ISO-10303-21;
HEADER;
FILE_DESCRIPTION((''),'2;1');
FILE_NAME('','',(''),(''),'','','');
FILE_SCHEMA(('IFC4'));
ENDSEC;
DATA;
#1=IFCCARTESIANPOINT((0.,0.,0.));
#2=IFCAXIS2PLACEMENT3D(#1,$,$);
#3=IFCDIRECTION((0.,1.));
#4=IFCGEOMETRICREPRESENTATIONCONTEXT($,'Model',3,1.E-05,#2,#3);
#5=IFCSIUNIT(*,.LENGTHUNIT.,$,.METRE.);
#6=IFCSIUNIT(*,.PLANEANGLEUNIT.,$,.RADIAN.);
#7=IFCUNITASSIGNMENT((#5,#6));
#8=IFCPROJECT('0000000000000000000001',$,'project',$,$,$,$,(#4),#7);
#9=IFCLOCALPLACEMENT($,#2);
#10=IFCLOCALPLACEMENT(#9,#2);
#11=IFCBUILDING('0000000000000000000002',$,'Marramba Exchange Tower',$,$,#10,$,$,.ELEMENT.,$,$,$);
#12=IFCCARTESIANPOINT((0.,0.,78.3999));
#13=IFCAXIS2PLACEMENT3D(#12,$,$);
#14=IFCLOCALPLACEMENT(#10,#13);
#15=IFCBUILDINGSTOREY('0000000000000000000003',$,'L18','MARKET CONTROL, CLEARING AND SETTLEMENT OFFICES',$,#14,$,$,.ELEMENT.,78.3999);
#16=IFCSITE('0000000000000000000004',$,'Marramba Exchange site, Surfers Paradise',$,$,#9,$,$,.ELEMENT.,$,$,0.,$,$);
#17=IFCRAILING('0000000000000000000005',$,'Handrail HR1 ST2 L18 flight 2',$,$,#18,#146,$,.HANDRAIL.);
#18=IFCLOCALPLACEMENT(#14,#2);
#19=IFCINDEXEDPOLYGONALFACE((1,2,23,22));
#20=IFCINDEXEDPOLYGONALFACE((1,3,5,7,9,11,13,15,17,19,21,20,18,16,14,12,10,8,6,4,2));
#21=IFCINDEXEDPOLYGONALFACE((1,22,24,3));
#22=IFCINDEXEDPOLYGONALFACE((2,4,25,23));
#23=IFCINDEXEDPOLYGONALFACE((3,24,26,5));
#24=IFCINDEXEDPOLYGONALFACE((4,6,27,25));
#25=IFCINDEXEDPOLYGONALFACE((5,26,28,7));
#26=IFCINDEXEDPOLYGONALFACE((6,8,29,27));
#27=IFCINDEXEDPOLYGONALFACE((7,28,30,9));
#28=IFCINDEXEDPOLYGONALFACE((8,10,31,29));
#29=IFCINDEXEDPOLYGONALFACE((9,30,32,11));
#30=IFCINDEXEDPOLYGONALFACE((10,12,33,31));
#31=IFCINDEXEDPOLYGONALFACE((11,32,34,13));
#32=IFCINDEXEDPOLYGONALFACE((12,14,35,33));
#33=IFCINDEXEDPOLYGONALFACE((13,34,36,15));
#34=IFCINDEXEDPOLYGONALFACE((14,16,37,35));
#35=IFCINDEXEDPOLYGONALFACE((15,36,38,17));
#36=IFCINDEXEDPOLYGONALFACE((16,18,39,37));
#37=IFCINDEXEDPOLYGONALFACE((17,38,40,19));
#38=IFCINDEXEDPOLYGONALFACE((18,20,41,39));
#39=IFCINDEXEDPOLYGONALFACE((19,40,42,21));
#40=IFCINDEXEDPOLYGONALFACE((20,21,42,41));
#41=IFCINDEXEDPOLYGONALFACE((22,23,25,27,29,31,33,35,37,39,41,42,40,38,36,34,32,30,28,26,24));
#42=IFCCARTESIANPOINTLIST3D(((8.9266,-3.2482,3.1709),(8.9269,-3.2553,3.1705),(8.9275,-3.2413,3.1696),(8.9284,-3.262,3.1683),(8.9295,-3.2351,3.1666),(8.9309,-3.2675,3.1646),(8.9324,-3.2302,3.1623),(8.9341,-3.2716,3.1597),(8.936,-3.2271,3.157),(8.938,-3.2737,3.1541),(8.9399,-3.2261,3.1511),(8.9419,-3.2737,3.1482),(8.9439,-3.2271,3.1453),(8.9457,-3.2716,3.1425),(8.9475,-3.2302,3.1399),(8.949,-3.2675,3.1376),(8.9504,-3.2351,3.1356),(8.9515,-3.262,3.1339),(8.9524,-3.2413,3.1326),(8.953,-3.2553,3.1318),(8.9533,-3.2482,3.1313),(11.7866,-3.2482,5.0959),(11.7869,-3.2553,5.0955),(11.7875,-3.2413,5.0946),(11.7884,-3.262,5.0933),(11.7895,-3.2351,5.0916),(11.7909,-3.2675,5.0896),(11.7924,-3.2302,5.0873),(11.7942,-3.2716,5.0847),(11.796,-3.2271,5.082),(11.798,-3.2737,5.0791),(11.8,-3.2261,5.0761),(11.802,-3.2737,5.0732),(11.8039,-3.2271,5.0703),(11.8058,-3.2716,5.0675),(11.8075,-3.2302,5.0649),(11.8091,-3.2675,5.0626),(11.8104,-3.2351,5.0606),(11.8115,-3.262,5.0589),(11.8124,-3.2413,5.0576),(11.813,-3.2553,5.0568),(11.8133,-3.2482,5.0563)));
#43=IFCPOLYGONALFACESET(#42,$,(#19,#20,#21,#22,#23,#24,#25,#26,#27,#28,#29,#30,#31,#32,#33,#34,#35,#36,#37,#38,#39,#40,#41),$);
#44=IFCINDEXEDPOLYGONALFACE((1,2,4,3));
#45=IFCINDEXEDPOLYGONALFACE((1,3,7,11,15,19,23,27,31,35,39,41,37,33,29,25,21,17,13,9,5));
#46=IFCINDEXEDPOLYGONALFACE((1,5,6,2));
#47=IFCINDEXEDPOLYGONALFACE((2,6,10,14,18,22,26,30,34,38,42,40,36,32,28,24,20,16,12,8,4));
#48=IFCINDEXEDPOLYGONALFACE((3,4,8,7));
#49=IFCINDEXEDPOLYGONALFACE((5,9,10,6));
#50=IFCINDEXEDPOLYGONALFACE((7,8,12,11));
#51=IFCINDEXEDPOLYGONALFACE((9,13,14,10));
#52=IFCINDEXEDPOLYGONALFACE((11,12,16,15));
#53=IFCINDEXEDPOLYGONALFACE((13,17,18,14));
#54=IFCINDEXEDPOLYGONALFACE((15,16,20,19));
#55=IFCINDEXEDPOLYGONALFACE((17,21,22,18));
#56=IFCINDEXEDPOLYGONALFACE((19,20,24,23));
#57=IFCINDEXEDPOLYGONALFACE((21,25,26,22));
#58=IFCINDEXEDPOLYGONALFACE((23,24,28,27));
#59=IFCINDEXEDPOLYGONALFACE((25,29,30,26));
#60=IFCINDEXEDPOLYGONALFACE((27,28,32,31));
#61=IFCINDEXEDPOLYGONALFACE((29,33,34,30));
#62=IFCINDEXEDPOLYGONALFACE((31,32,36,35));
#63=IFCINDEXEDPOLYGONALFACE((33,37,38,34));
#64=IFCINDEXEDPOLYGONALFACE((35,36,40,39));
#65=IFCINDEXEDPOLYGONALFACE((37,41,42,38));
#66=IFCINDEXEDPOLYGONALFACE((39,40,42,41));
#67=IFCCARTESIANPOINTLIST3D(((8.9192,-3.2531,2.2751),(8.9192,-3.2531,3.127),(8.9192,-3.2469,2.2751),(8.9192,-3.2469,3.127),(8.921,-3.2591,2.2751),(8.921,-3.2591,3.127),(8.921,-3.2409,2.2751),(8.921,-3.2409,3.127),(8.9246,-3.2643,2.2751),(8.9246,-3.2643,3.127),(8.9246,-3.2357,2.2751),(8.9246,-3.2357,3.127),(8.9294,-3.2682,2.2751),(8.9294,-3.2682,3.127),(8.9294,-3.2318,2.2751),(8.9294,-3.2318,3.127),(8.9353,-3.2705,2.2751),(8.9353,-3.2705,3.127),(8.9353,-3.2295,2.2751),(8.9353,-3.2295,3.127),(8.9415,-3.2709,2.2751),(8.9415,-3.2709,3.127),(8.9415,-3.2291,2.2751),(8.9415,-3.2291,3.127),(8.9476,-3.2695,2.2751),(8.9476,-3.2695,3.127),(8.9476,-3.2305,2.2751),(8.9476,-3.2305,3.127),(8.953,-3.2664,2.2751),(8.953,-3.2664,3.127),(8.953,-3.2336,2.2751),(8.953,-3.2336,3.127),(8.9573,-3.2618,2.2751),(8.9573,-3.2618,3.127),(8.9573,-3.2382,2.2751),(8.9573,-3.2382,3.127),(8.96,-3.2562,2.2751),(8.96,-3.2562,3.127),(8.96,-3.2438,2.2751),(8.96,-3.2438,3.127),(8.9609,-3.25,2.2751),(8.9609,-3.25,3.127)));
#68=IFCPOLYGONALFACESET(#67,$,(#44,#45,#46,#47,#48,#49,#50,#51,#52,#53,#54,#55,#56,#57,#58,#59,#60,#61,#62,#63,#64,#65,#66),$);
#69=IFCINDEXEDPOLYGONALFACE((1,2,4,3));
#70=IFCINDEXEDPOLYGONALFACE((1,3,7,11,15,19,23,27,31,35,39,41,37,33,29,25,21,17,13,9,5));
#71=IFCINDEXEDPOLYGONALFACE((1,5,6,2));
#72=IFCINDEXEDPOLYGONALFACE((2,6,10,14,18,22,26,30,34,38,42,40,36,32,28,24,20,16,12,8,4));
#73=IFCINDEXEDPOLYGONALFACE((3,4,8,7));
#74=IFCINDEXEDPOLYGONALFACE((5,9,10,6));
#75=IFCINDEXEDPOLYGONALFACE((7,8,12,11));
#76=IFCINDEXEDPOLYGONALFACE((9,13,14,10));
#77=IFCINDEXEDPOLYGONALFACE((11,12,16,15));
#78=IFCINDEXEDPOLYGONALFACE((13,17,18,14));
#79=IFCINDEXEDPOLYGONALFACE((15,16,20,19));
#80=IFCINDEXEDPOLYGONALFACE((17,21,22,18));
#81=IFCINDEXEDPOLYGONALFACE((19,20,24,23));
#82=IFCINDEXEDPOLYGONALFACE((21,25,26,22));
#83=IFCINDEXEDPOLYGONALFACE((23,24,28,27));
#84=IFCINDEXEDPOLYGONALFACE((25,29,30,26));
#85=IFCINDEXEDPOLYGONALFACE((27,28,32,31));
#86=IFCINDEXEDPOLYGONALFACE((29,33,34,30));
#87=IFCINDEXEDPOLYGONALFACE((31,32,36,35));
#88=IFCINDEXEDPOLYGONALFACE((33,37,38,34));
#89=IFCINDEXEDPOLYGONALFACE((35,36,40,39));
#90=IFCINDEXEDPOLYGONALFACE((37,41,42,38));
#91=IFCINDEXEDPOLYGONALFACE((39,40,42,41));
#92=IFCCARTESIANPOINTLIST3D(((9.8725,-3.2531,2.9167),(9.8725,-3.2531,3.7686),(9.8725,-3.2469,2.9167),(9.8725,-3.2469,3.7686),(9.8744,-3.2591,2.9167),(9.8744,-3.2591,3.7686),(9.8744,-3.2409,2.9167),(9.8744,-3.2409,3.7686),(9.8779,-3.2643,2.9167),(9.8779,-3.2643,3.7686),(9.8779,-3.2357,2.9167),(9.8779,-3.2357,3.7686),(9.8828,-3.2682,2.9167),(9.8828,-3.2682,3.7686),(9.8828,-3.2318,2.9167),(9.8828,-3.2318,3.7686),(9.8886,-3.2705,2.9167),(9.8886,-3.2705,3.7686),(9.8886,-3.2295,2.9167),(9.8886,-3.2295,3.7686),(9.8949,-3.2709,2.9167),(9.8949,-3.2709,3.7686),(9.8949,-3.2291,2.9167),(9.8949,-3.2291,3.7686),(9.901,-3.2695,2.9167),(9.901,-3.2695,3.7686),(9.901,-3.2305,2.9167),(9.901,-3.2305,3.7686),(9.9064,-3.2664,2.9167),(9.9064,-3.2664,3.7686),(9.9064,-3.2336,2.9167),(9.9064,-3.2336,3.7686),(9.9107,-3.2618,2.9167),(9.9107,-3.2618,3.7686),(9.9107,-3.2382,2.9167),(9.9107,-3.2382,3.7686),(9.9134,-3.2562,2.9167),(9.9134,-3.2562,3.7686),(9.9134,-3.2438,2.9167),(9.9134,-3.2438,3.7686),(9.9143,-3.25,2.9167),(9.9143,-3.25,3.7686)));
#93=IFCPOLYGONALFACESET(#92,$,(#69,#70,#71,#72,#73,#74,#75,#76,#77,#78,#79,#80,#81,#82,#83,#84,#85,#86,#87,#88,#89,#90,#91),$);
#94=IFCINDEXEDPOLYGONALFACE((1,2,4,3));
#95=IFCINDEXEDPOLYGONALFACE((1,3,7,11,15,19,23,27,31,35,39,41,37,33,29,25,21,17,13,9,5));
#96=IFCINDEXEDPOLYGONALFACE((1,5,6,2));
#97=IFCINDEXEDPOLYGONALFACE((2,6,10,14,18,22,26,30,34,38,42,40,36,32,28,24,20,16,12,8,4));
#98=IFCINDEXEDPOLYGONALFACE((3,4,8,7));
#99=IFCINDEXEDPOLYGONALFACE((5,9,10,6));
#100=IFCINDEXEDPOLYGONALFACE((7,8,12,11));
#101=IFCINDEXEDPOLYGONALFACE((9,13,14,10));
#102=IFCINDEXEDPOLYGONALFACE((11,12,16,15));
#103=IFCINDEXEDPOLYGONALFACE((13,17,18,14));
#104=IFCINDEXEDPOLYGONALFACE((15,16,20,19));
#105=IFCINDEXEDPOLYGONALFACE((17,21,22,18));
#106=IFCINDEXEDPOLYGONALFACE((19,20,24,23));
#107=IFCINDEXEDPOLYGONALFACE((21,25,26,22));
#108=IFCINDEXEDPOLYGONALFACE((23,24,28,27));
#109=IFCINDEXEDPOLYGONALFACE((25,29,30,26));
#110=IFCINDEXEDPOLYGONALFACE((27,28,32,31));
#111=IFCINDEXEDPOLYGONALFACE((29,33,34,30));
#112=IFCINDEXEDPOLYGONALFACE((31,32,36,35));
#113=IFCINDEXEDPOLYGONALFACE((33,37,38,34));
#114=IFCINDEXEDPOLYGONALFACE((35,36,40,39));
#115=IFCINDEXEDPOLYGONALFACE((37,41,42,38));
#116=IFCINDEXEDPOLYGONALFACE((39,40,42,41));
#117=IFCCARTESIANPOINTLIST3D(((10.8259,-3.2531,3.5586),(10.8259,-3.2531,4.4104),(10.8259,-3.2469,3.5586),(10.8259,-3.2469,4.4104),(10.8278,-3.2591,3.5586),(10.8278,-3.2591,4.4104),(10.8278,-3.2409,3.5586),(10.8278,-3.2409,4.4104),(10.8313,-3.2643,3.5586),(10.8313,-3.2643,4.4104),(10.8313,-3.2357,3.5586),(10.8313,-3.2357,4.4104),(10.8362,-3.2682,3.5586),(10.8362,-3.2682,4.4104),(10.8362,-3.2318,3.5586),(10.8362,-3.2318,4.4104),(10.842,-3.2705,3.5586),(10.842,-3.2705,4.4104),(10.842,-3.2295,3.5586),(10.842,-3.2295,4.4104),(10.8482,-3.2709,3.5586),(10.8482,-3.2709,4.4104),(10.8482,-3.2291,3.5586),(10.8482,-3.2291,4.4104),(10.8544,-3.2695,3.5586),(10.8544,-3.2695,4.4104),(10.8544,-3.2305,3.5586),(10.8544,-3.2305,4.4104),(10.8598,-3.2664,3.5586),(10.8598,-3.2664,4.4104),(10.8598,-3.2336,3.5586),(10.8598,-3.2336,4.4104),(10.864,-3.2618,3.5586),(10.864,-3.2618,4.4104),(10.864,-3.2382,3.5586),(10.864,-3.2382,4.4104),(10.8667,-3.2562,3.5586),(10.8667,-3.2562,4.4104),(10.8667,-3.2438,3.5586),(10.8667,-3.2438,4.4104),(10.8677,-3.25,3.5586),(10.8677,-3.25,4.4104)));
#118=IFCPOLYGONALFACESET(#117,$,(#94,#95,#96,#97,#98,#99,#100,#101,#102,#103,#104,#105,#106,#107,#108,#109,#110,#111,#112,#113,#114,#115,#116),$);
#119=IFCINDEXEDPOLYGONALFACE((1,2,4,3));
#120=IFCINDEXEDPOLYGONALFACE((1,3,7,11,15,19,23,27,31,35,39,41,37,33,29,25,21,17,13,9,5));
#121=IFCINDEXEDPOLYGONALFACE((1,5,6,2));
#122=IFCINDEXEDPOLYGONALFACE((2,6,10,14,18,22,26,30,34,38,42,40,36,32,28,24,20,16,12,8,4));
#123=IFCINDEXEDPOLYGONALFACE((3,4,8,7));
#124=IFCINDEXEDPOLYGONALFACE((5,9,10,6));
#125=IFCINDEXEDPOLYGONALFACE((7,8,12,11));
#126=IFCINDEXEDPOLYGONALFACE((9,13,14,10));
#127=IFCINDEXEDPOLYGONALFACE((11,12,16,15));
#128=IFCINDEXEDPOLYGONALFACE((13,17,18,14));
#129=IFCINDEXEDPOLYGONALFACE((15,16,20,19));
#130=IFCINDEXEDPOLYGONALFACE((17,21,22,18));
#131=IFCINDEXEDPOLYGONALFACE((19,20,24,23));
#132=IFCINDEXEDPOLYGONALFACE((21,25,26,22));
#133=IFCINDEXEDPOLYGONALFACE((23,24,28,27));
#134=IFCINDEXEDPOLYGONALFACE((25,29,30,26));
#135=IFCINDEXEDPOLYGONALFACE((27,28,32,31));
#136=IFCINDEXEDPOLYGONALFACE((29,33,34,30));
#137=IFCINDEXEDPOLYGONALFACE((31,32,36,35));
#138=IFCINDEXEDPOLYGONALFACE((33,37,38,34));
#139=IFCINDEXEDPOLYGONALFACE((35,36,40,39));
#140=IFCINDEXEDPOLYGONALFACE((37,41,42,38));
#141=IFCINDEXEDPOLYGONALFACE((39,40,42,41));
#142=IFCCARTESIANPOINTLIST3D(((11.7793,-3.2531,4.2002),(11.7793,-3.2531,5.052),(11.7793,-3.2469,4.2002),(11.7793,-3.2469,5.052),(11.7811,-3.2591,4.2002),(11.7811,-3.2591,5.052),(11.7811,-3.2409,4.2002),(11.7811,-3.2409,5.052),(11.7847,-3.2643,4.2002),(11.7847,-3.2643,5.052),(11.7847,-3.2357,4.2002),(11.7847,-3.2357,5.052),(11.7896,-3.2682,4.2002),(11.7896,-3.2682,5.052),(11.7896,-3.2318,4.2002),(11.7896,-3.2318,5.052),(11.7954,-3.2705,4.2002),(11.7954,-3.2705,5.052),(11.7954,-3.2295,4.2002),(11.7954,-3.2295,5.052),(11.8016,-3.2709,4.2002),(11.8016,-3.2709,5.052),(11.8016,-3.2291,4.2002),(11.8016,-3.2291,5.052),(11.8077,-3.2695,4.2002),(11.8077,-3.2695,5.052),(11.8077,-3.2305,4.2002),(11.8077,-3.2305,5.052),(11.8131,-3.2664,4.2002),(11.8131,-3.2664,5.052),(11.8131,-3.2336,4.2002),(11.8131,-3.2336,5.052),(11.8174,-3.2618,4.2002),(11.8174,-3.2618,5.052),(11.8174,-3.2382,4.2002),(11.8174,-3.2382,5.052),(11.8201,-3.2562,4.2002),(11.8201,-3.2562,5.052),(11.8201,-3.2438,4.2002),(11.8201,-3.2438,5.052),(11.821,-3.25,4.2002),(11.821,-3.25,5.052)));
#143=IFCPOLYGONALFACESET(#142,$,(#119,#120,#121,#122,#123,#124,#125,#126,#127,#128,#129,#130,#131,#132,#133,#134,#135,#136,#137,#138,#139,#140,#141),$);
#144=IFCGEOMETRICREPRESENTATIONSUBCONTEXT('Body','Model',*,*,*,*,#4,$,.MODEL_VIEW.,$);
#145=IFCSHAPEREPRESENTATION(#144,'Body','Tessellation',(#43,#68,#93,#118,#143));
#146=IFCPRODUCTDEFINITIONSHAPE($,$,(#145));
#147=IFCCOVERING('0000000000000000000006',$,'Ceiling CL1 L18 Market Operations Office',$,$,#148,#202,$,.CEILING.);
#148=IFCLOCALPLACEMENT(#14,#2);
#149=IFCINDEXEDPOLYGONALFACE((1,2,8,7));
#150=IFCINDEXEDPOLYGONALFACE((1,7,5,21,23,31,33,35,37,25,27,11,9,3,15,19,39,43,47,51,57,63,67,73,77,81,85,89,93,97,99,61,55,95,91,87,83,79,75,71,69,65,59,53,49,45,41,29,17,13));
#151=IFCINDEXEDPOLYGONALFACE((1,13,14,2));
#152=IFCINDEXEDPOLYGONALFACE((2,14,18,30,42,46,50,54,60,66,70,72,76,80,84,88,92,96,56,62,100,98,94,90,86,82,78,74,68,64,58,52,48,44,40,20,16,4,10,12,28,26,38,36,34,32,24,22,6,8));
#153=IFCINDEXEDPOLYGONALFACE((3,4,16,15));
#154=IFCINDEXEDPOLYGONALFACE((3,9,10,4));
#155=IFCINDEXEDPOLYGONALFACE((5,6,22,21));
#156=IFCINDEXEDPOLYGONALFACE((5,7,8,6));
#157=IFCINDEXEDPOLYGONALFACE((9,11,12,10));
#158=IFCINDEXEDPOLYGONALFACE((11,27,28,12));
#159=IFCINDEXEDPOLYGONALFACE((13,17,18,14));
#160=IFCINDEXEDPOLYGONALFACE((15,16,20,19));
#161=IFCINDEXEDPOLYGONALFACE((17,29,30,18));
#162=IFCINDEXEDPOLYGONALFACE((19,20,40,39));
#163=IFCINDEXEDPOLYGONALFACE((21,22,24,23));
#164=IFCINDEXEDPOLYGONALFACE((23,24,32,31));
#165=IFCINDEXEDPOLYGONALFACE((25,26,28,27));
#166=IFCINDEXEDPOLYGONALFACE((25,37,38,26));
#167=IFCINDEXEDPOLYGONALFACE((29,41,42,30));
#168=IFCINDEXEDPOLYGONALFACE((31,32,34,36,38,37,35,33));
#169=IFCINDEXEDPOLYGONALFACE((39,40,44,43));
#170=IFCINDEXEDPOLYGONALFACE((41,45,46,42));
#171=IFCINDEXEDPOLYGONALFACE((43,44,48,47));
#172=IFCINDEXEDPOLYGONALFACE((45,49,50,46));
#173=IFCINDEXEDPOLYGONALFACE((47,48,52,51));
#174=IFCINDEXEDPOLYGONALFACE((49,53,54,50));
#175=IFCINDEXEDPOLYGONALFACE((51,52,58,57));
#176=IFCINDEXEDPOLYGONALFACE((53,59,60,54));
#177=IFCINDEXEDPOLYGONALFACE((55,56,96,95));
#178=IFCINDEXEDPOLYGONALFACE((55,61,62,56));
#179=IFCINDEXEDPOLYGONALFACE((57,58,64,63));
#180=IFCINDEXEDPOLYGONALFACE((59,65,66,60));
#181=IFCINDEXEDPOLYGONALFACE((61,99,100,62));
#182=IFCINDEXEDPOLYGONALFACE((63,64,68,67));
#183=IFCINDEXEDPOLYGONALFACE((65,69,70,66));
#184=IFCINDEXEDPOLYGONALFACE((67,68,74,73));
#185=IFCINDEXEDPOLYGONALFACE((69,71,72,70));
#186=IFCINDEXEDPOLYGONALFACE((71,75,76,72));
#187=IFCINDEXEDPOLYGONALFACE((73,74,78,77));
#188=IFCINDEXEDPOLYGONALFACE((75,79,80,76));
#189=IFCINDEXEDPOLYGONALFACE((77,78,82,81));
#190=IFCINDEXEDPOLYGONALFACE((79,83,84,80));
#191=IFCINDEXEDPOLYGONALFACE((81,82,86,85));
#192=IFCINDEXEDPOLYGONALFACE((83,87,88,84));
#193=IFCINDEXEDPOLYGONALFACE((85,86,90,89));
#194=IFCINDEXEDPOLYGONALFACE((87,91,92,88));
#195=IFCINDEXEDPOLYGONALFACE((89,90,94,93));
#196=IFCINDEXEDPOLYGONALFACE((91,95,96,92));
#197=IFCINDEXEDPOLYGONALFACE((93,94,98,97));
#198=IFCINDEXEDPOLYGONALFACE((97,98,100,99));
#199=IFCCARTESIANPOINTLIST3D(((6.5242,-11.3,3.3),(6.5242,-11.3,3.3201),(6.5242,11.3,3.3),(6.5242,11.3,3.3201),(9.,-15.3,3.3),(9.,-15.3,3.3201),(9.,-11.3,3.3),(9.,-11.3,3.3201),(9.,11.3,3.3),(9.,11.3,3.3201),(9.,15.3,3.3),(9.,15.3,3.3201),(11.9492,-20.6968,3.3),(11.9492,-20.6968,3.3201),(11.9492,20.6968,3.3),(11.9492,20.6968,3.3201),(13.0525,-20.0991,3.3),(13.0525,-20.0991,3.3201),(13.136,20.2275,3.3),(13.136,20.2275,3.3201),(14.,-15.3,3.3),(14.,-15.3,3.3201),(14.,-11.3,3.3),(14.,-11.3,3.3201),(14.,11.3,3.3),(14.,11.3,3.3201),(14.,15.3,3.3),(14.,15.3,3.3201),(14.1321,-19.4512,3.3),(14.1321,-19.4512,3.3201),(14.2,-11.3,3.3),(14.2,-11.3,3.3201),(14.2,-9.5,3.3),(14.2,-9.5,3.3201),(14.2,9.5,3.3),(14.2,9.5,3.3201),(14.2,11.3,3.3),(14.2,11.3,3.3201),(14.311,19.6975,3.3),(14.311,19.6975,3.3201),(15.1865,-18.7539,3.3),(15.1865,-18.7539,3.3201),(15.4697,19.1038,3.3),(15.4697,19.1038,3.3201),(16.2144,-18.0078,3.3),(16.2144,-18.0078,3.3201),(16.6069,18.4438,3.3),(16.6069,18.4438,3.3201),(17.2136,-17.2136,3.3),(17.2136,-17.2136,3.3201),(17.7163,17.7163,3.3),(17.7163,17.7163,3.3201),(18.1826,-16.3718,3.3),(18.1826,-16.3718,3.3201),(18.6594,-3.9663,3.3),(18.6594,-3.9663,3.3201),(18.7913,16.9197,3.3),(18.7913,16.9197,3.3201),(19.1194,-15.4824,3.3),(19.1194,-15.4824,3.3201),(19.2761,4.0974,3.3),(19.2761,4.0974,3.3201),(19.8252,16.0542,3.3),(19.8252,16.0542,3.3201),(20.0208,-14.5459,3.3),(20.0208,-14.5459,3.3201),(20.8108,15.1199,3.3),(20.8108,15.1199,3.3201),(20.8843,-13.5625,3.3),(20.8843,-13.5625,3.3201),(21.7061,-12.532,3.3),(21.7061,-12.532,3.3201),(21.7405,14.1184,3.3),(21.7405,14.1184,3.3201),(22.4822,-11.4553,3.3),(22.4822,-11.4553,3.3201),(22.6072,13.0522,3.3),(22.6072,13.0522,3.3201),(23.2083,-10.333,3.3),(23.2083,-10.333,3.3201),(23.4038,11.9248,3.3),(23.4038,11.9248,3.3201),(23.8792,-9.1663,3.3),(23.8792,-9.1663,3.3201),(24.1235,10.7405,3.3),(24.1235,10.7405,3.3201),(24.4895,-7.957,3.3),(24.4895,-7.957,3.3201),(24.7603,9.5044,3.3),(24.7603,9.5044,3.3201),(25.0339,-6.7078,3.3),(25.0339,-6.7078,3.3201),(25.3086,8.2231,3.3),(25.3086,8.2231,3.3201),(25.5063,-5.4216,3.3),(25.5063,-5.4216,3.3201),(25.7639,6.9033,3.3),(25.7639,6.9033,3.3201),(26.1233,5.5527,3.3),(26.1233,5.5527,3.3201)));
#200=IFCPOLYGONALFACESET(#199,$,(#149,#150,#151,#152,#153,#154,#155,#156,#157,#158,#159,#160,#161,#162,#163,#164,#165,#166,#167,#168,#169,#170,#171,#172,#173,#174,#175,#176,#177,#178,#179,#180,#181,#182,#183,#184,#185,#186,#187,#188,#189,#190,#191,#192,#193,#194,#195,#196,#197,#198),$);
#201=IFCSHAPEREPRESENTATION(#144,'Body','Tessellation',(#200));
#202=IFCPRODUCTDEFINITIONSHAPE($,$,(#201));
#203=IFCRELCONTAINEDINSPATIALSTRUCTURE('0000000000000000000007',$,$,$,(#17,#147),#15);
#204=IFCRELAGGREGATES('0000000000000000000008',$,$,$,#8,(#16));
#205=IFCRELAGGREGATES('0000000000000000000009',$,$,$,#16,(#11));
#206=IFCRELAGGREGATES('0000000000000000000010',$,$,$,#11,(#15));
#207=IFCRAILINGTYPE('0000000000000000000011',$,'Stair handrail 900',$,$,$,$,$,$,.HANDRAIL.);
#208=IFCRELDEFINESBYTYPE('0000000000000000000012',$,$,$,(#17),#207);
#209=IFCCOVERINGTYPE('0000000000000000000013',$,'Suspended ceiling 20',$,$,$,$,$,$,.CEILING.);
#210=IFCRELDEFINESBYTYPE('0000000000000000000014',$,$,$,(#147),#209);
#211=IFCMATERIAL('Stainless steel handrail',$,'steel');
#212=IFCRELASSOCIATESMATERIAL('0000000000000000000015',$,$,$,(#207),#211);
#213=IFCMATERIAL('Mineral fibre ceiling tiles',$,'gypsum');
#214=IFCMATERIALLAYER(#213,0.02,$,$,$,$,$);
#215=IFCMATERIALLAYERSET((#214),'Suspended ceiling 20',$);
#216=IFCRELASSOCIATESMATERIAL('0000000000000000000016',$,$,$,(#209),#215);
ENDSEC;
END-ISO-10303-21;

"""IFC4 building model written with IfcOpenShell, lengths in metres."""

from ifc_helpers import new_model, si_unit, direction, frame, origin, origin_2d, place, context, subcontext, project, spatial, polyline, circle, outline, extrude, material, layer, layer_set, type_object, element, save


model = new_model("IFC4")

# Units and contexts
model_context = context("Model", 3, precision=1e-05, world=origin(), true_north=direction((0.0, 1.0)))
body_context = subcontext(model_context, "Body", "Model", "MODEL_VIEW")
ifc_project = project(units=[si_unit("LENGTHUNIT", "METRE"), si_unit("PLANEANGLEUNIT", "RADIAN")], contexts=[model_context])

# Site, building, storey
site_placement = place(None, origin())
site = spatial("IfcSite", under=ifc_project, at=site_placement, Name="Marramba Exchange site, Surfers Paradise", CompositionType="ELEMENT", RefElevation=0.0)
building_placement = place(site_placement, origin())
building = spatial("IfcBuilding", under=site, at=building_placement, Name="Marramba Exchange Tower", CompositionType="ELEMENT")
storey_placement = place(building_placement, frame((0.0, 0.0, 78.3999)))
storey = spatial("IfcBuildingStorey", under=building, at=storey_placement, Name="L18", Description="MARKET CONTROL, CLEARING AND SETTLEMENT OFFICES", CompositionType="ELEMENT", Elevation=78.3999)

# Railing
ifc_material_1 = material(Name="Stainless steel handrail", Category="steel")
railing_type = type_object("IfcRailingType", Name="Stair handrail 900", PredefinedType="HANDRAIL", material=ifc_material_1)
railing_placement = place(storey_placement, frame((8.9399, -3.25, 2.2751)))
element("IfcRailing", 1, at=railing_placement, inside=storey, type_object=railing_type, Name="Handrail HR1 ST2 L18 flight 2", PredefinedType="HANDRAIL", context=body_context, shape_type="SweptSolid", body=[
    extrude(circle(Radius=0.0239, at=origin_2d()), frame((0.0, 0.0, 0.876), z_axis=(0.829591, 0.0, 0.558372), x_axis=(0.0, 1.0, 0.0)), (0.0, 0.0, 1.0), 3.4475),
    extrude(circle(Radius=0.021, at=origin_2d()), origin(), (0.0, 0.0, 1.0), 0.8518),
    extrude(circle(Radius=0.021, at=origin_2d()), frame((0.9534, 0.0, 0.6416)), (0.0, 0.0, 1.0), 0.8518),
    extrude(circle(Radius=0.021, at=origin_2d()), frame((1.9067, 0.0, 1.2834)), (0.0, 0.0, 1.0), 0.8518),
    extrude(circle(Radius=0.021, at=origin_2d()), frame((2.8601, 0.0, 1.925)), (0.0, 0.0, 1.0), 0.8518),
])

# Covering
ifc_material_2 = material(Name="Mineral fibre ceiling tiles", Category="gypsum")
ifc_layer_1 = layer(ifc_material_2, 0.02)
ifc_layer_set_1 = layer_set([ifc_layer_1], Name="Suspended ceiling 20")
covering_type_1 = type_object("IfcCoveringType", Name="Suspended ceiling 20", PredefinedType="CEILING", material=ifc_layer_set_1)
covering_1_placement = place(storey_placement, frame((0.0, 0.0, 3.3)))
element("IfcCovering", 2, at=covering_1_placement, inside=storey, type_object=covering_type_1, Name="Ceiling CL1 L18 Market Operations Office", PredefinedType="CEILING", context=body_context, shape_type="SweptSolid", body=[
    extrude(outline(polyline([(14.2, -9.5), (14.2, 9.5), (14.2, 11.3), (14.0, 11.3), (14.0, 15.3), (9.0, 15.3), (9.0, 11.3), (6.5242, 11.3), (11.9492, 20.6968), (13.136, 20.2275), (14.311, 19.6975), (15.4697, 19.1038), (16.6069, 18.4438), (17.7163, 17.7163), (18.7913, 16.9197), (19.8252, 16.0542), (20.8108, 15.1199), (21.7405, 14.1184), (22.6072, 13.0522), (23.4038, 11.9248), (24.1235, 10.7405), (24.7603, 9.5044), (25.3086, 8.2231), (25.7639, 6.9033), (26.1233, 5.5527), (19.2761, 4.0974), (18.6594, -3.9663), (25.5063, -5.4216), (25.0339, -6.7078), (24.4895, -7.957), (23.8792, -9.1663), (23.2083, -10.333), (22.4822, -11.4553), (21.7061, -12.532), (20.8843, -13.5625), (20.0208, -14.5459), (19.1194, -15.4824), (18.1826, -16.3718), (17.2136, -17.2136), (16.2144, -18.0078), (15.1865, -18.7539), (14.1321, -19.4512), (13.0525, -20.0991), (11.9492, -20.6968), (6.5242, -11.3), (9.0, -11.3), (9.0, -15.3), (14.0, -15.3), (14.0, -11.3), (14.2, -11.3), (14.2, -9.5)])), origin(), (0.0, 0.0, 1.0), 0.02),
])

save(model, "model.ifc")
